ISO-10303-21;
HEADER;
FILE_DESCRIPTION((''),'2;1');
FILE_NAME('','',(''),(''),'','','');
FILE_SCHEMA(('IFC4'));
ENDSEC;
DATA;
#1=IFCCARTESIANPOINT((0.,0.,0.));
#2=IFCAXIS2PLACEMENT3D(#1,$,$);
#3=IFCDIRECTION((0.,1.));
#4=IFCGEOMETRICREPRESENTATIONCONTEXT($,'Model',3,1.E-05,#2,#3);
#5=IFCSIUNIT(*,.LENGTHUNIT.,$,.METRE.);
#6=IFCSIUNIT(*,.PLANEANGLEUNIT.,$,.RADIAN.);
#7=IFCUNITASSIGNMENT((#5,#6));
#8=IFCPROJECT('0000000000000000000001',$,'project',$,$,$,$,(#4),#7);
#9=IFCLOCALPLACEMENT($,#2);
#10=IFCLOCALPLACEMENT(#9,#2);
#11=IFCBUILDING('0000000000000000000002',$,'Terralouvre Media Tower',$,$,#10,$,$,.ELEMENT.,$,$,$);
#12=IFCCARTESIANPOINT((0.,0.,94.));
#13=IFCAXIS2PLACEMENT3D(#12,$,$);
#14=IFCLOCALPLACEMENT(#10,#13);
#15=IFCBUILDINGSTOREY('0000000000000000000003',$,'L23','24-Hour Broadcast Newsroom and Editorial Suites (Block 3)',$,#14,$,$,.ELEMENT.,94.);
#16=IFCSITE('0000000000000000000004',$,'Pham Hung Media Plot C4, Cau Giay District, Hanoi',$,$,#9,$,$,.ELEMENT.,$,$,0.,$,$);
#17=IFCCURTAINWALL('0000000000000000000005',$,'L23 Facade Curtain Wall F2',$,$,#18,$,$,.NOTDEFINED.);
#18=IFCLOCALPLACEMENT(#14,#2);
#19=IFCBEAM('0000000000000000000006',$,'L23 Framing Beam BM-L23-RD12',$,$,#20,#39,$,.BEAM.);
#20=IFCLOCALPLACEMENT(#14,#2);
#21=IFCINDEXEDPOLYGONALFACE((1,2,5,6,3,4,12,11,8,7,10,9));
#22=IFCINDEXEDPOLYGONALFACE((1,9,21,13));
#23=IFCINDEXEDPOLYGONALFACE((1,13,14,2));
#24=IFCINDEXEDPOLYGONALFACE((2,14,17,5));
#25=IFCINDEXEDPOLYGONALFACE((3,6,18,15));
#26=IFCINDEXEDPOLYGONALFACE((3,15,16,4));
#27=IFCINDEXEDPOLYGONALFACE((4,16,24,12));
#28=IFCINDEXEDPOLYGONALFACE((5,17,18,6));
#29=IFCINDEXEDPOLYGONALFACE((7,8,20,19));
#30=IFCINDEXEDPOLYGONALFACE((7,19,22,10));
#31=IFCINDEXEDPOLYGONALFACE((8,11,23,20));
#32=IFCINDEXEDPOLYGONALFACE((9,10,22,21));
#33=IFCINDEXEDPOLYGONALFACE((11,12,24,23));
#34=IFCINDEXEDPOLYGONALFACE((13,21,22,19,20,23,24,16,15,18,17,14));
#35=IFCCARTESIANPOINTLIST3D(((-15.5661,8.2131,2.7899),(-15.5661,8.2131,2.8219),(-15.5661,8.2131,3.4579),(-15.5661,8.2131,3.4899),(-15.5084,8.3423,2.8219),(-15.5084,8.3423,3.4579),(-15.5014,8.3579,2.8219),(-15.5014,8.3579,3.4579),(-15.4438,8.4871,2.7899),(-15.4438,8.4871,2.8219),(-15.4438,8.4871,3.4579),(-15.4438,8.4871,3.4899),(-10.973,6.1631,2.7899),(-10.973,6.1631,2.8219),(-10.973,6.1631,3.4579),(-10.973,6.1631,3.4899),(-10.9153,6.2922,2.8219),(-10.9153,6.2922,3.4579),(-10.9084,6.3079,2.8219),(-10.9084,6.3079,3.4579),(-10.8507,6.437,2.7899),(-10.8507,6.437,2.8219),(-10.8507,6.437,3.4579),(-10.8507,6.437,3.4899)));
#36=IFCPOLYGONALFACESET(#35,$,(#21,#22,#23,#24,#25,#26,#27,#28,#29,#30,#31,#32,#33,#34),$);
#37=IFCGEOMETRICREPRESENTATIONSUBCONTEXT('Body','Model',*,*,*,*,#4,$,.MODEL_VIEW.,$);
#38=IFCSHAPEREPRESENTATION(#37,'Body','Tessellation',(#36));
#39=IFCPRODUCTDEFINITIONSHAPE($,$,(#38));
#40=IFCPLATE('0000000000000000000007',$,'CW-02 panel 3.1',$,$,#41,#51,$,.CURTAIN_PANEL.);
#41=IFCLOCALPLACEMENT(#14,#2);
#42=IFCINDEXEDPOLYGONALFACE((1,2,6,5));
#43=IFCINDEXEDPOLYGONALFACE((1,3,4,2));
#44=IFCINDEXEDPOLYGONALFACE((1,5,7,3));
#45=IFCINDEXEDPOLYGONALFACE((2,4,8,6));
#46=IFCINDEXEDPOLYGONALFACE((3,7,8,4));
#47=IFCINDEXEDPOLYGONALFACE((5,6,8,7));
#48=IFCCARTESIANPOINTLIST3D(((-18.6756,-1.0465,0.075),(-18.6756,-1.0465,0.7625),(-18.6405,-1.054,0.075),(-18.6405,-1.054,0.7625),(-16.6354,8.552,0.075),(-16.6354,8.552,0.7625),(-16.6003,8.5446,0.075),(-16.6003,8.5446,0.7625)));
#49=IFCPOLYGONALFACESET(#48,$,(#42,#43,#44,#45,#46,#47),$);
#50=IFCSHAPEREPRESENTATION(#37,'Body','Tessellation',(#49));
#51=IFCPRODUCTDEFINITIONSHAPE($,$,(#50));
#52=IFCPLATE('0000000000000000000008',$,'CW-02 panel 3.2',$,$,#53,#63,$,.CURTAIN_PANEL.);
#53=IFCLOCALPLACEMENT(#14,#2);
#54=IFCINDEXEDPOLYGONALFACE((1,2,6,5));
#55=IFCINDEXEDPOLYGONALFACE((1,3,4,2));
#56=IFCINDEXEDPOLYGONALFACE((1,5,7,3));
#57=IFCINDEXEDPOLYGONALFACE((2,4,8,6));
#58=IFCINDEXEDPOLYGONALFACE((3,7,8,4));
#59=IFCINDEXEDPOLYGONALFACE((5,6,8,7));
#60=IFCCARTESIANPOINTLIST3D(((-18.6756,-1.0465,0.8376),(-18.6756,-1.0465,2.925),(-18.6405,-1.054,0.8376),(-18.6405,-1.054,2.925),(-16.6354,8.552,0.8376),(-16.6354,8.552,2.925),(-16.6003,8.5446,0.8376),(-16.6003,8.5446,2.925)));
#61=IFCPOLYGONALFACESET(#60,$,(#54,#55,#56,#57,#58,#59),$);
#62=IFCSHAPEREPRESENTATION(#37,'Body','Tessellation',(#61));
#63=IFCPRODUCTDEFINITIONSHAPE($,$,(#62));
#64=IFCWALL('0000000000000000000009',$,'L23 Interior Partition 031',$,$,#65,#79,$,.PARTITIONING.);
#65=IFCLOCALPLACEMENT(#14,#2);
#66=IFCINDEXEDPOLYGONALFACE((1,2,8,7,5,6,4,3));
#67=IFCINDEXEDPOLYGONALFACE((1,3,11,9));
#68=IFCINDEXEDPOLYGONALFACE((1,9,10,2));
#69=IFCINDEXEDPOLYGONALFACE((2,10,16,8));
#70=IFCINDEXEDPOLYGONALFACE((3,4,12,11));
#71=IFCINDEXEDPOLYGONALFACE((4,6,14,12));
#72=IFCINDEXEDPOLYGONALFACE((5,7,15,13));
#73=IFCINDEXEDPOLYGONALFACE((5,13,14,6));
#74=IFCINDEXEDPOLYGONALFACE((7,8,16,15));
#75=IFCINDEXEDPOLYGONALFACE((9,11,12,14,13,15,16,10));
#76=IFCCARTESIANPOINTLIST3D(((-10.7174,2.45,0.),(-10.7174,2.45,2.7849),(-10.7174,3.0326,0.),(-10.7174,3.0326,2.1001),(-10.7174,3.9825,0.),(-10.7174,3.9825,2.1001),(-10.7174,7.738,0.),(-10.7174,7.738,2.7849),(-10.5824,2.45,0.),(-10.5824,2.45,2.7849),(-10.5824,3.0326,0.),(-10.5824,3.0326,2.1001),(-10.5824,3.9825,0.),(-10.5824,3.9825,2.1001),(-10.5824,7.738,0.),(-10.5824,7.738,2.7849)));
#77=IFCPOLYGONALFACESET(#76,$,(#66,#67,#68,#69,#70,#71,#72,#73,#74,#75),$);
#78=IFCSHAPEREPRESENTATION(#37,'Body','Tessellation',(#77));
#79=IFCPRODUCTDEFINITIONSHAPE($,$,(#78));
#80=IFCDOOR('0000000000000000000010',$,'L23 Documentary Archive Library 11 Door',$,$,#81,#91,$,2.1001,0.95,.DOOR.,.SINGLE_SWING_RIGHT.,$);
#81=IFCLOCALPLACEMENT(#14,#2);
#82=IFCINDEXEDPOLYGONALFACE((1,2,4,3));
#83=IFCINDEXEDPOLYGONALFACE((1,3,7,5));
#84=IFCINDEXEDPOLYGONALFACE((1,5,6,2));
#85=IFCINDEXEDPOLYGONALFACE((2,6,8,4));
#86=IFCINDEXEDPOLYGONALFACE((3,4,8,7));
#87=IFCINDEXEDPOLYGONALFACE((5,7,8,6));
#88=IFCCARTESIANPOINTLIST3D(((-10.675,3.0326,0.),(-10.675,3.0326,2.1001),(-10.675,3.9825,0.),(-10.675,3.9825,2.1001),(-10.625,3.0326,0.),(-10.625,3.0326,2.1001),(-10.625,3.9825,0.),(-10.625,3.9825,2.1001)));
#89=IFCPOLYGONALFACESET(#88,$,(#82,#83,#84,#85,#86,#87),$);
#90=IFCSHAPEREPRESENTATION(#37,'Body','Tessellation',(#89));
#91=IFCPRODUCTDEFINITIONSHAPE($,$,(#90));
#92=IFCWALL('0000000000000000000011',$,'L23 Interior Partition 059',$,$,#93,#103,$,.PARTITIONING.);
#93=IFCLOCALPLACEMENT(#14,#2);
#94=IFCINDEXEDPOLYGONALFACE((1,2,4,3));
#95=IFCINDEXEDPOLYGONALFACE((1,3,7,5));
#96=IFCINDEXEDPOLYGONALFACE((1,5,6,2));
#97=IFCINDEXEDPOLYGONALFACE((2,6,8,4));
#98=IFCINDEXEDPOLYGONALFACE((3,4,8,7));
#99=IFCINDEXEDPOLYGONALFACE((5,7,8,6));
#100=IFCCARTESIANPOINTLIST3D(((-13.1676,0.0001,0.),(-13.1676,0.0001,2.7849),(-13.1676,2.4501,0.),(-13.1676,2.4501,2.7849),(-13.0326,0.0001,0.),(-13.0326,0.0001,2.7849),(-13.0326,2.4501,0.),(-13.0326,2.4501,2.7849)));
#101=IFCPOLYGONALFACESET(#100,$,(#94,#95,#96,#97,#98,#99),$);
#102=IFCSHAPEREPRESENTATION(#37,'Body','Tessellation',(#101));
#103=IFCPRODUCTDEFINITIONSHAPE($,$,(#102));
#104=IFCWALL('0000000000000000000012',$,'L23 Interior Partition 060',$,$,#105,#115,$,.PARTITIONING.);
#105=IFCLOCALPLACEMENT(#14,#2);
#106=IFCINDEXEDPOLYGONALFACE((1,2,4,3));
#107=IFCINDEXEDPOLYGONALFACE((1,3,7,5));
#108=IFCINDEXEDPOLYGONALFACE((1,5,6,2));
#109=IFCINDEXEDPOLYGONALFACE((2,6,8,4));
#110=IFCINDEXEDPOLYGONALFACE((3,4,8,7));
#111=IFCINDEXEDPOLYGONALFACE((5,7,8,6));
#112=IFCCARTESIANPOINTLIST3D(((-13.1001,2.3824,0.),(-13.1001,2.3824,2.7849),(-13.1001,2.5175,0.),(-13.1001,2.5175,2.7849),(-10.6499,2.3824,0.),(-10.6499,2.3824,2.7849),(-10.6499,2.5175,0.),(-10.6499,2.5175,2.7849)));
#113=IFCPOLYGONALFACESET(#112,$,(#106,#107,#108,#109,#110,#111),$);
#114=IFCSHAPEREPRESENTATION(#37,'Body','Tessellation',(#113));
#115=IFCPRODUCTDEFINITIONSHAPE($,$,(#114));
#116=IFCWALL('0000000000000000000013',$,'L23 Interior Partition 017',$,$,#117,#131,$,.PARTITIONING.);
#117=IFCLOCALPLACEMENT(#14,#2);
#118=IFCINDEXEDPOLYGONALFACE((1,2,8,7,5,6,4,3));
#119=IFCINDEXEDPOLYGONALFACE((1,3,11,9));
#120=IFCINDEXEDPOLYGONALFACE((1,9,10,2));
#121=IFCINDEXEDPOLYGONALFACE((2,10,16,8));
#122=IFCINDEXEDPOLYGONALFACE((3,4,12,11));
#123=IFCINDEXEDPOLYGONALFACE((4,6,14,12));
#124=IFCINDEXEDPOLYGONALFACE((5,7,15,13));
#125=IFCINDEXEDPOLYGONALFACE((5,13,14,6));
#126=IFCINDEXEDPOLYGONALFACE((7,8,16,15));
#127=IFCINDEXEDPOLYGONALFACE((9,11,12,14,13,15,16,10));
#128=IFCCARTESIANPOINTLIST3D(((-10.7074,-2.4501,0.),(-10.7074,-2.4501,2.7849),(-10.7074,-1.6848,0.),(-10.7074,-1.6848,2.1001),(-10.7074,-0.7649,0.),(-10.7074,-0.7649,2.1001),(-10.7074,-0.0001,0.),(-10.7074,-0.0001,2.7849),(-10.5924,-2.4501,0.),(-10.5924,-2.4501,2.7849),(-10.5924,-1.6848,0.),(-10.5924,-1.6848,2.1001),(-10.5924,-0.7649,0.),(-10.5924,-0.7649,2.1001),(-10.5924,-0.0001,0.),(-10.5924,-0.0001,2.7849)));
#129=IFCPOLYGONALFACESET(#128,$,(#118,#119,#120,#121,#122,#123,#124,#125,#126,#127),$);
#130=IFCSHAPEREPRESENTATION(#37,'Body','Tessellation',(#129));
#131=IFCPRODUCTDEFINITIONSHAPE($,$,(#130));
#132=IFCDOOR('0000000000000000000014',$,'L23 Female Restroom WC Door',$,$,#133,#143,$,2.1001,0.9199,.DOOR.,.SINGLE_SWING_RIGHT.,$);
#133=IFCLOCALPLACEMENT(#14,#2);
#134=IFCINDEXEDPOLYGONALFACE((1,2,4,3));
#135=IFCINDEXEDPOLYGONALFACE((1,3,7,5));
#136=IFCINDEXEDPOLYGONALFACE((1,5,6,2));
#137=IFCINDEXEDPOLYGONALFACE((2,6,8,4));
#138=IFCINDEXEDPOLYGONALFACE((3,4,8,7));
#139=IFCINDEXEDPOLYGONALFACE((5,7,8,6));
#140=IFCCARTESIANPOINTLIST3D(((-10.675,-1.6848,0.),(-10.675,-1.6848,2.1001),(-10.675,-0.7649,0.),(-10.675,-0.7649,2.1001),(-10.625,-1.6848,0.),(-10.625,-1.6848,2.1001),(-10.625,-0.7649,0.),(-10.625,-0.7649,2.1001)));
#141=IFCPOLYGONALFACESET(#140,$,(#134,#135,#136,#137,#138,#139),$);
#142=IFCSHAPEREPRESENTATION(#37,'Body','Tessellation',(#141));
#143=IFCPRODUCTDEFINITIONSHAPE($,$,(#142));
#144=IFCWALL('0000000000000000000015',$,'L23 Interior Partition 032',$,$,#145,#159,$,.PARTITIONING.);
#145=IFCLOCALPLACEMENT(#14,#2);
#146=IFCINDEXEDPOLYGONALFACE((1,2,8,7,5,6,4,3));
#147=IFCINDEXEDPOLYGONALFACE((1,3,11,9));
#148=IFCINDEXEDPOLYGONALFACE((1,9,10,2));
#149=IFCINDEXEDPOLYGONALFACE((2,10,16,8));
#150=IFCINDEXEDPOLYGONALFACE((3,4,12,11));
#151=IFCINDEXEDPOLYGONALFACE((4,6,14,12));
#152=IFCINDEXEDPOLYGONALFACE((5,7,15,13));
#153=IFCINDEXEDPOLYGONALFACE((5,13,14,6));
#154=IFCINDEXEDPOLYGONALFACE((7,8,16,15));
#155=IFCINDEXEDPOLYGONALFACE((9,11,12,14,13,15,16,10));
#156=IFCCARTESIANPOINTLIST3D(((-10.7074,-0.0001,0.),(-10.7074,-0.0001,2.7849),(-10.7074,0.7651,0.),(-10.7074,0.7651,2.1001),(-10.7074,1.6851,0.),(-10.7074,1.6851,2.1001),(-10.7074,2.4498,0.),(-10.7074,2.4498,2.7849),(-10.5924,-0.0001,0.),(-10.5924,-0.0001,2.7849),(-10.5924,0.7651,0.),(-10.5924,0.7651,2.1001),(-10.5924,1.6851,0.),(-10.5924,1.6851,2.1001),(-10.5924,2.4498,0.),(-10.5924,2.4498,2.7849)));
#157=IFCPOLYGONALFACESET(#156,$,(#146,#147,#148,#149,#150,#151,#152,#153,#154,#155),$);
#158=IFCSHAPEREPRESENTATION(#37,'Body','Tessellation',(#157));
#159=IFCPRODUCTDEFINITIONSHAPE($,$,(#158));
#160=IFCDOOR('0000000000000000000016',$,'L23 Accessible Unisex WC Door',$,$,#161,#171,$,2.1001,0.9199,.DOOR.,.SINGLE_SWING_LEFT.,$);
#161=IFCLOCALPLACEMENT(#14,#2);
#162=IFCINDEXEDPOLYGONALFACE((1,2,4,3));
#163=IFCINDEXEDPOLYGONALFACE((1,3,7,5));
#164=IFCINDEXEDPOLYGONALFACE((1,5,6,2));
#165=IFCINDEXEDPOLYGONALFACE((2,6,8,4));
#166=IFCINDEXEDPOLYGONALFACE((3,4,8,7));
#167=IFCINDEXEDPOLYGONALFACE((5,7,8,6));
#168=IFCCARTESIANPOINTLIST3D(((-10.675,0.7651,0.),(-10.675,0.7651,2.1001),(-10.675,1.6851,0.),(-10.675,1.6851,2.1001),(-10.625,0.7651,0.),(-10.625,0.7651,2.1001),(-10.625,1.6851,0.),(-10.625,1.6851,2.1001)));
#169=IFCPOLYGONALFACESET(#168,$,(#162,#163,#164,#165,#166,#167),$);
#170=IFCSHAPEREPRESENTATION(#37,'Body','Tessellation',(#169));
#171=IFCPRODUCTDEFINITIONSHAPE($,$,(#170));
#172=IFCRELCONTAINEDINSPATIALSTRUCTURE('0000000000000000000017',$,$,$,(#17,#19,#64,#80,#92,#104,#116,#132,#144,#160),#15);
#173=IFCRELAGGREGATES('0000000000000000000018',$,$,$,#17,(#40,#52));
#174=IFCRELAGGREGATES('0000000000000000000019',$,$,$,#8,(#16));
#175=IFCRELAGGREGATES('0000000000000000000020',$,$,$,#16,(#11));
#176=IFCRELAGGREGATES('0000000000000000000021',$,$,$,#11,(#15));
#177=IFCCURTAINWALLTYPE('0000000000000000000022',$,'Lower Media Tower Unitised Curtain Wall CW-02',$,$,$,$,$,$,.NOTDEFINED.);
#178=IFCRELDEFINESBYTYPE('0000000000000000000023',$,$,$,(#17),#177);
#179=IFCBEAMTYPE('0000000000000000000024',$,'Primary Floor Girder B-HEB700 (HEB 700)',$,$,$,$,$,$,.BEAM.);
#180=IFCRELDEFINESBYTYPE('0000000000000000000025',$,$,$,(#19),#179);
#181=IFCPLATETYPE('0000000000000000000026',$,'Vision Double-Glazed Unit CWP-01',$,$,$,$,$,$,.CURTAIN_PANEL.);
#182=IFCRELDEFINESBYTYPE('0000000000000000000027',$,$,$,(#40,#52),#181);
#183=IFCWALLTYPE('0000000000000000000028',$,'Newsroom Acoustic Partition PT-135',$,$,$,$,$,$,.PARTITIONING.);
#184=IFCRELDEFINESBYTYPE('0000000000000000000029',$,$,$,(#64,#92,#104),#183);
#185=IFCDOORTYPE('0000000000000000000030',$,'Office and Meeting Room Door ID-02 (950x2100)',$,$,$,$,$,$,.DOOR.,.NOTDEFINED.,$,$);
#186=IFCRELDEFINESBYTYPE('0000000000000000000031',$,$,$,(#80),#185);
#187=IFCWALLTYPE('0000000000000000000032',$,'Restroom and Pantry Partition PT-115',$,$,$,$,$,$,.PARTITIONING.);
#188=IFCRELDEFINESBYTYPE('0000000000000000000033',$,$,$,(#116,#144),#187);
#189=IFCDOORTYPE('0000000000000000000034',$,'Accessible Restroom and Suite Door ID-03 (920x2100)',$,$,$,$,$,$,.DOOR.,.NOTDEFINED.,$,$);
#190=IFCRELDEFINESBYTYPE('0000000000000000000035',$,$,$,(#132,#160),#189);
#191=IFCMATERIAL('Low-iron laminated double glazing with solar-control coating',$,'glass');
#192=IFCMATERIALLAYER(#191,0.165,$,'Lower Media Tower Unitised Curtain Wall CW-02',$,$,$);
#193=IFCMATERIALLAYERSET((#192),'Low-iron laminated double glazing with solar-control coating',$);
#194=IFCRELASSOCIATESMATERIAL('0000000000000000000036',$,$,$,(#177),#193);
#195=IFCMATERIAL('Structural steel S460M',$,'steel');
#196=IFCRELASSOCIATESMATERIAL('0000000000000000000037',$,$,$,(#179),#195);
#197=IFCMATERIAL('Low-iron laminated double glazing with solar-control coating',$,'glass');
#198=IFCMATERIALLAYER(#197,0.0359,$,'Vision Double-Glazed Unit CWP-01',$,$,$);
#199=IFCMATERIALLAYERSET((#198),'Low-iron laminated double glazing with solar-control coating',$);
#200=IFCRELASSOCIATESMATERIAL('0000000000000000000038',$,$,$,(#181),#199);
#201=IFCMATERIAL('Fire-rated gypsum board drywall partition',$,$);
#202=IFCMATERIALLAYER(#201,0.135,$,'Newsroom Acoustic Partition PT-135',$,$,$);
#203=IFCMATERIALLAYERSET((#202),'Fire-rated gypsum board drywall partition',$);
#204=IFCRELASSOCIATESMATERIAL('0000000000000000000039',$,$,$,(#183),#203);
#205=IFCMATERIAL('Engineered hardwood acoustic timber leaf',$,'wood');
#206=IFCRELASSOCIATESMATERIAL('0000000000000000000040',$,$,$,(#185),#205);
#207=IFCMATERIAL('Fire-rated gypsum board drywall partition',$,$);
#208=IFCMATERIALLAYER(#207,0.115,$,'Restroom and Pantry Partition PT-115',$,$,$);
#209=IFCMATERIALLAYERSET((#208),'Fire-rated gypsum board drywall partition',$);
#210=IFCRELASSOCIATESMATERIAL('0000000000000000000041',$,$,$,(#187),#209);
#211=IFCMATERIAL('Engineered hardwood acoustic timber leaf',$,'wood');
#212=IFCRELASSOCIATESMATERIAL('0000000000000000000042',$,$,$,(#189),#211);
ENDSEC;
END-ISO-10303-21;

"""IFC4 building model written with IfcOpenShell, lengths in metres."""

from ifc_helpers import new_model, si_unit, direction, frame, frame_2d, origin, origin_2d, place, context, subcontext, project, spatial, rectangle, i_section, extrude, material, layer, layer_set, material_profile, profile_set, type_object, element, fill, aggregate, save


model = new_model("IFC4")

# Units and contexts
model_context = context("Model", 3, precision=1e-05, world=origin(), true_north=direction((0.0, 1.0)))
body_context = subcontext(model_context, "Body", "Model", "MODEL_VIEW")
ifc_project = project(units=[si_unit("LENGTHUNIT", "METRE"), si_unit("PLANEANGLEUNIT", "RADIAN")], contexts=[model_context])

# Site, building, storey
site_placement = place(None, origin())
site = spatial("IfcSite", under=ifc_project, at=site_placement, Name="Pham Hung Media Plot C4, Cau Giay District, Hanoi", CompositionType="ELEMENT", RefElevation=0.0)
building_placement = place(site_placement, origin())
building = spatial("IfcBuilding", under=site, at=building_placement, Name="Terralouvre Media Tower", CompositionType="ELEMENT")
storey_placement = place(building_placement, frame((0.0, 0.0, 94.0)))
storey = spatial("IfcBuildingStorey", under=building, at=storey_placement, Name="L23", Description="24-Hour Broadcast Newsroom and Editorial Suites (Block 3)", CompositionType="ELEMENT", Elevation=94.0)

# Curtain wall
ifc_material_1 = material(Name="Low-iron laminated double glazing with solar-control coating", Category="glass")
ifc_layer_1 = layer(ifc_material_1, 0.165, Name="Lower Media Tower Unitised Curtain Wall CW-02")
ifc_layer_set_1 = layer_set([ifc_layer_1], Name="Low-iron laminated double glazing with solar-control coating")
curtain_wall_type = type_object("IfcCurtainWallType", Name="Lower Media Tower Unitised Curtain Wall CW-02", PredefinedType="NOTDEFINED", material=ifc_layer_set_1)
curtain_wall_placement = place(storey_placement, origin())
curtain_wall = element("IfcCurtainWall", 1, at=curtain_wall_placement, inside=storey, type_object=curtain_wall_type, Name="L23 Facade Curtain Wall F2", PredefinedType="NOTDEFINED")

# Beam
ifc_material_2 = material(Name="Structural steel S460M", Category="steel")
ifc_material_profile_1 = material_profile(ifc_material_2, i_section(OverallWidth=0.3, OverallDepth=0.7, WebThickness=0.0171, FlangeThickness=0.032, at=origin_2d()), Name="HEB 700")
ifc_profile_set_1 = profile_set([ifc_material_profile_1], Name="Structural steel S460M")
beam_type_1 = type_object("IfcBeamType", Name="Primary Floor Girder B-HEB700 (HEB 700)", PredefinedType="BEAM", material=ifc_profile_set_1)
beam_1_placement = place(storey_placement, frame((-10.9119, 6.3, 3.1399), z_axis=(-0.913168, 0.407584, 0.0), x_axis=(-0.407584, -0.913168, 0.0)))
element("IfcBeam", 2, at=beam_1_placement, inside=storey, type_object=beam_type_1, Name="L23 Framing Beam BM-L23-RD12", PredefinedType="BEAM", context=body_context, shape_type="SweptSolid", body=[
    extrude(i_section(OverallWidth=0.3, OverallDepth=0.7, WebThickness=0.0171, FlangeThickness=0.032, at=origin_2d()), origin(), (0.0, 0.0, 1.0), 5.0298),
])

# Plates
ifc_material_3 = material(Name="Low-iron laminated double glazing with solar-control coating", Category="glass")
ifc_layer_2 = layer(ifc_material_3, 0.0359, Name="Vision Double-Glazed Unit CWP-01")
ifc_layer_set_2 = layer_set([ifc_layer_2], Name="Low-iron laminated double glazing with solar-control coating")
plate_type = type_object("IfcPlateType", Name="Vision Double-Glazed Unit CWP-01", PredefinedType="CURTAIN_PANEL", material=ifc_layer_set_2)
plate_1_placement = place(storey_placement, frame((-17.6379, 3.749, 0.075), z_axis=(0.0, 0.0, 1.0), x_axis=(-0.207912, -0.978148, 0.0)))
plate_1 = element("IfcPlate", 3, at=plate_1_placement, type_object=plate_type, Name="CW-02 panel 3.1", PredefinedType="CURTAIN_PANEL", context=body_context, shape_type="SweptSolid", body=[
    extrude(rectangle(XDim=9.813, YDim=0.0359, at=origin_2d()), origin(), (0.0, 0.0, 1.0), 0.6875),
])
plate_2_placement = place(storey_placement, frame((-17.6379, 3.749, 0.8376), z_axis=(0.0, 0.0, 1.0), x_axis=(-0.207912, -0.978148, 0.0)))
plate_2 = element("IfcPlate", 4, at=plate_2_placement, type_object=plate_type, Name="CW-02 panel 3.2", PredefinedType="CURTAIN_PANEL", context=body_context, shape_type="SweptSolid", body=[
    extrude(rectangle(XDim=9.813, YDim=0.0359, at=origin_2d()), origin(), (0.0, 0.0, 1.0), 2.0874),
])
aggregate(curtain_wall, [plate_1, plate_2])

# Wall, opening, door
ifc_material_4 = material(Name="Fire-rated gypsum board drywall partition")
ifc_layer_3 = layer(ifc_material_4, 0.135, Name="Newsroom Acoustic Partition PT-135")
ifc_layer_set_3 = layer_set([ifc_layer_3], Name="Fire-rated gypsum board drywall partition")
wall_type_1 = type_object("IfcWallType", Name="Newsroom Acoustic Partition PT-135", PredefinedType="PARTITIONING", material=ifc_layer_set_3)
wall_1_placement = place(storey_placement, frame((-10.6499, 7.738, 0.0), z_axis=(0.0, 0.0, 1.0), x_axis=(0.0, -1.0, 0.0)))
wall_1 = element("IfcWall", 5, at=wall_1_placement, inside=storey, type_object=wall_type_1, Name="L23 Interior Partition 031", PredefinedType="PARTITIONING", context=body_context, shape_type="SweptSolid", body=[
    extrude(rectangle(XDim=5.2881, YDim=0.135, at=frame_2d((2.644, 0.0))), origin(), (0.0, 0.0, 1.0), 2.7849),
])
opening_1_placement = place(wall_1_placement, frame((3.7554, 0.0, 0.0)))
opening_1 = element("IfcOpeningElement", 6, at=opening_1_placement, cuts=wall_1, PredefinedType="OPENING", context=body_context, shape_type="SweptSolid", body=[
    extrude(rectangle(XDim=0.95, YDim=2.1001, at=frame_2d((0.4751, 1.05))), frame((0.0, 0.0774, 0.0), z_axis=(0.0, -1.0, 0.0), x_axis=(1.0, 0.0, 0.0)), (0.0, 0.0, 1.0), 0.155),
])
ifc_material_5 = material(Name="Engineered hardwood acoustic timber leaf", Category="wood")
door_type_1 = type_object("IfcDoorType", Name="Office and Meeting Room Door ID-02 (950x2100)", OperationType="NOTDEFINED", PredefinedType="DOOR", material=ifc_material_5)
door_1_placement = place(opening_1_placement, origin())
door_1 = element("IfcDoor", 7, at=door_1_placement, inside=storey, type_object=door_type_1, Name="L23 Documentary Archive Library 11 Door", OperationType="SINGLE_SWING_RIGHT", OverallHeight=2.1001, OverallWidth=0.95, PredefinedType="DOOR", context=body_context, shape_type="SweptSolid", body=[
    extrude(rectangle(XDim=0.95, YDim=2.1001, at=frame_2d((0.4751, 1.05))), frame((0.0, 0.0249, 0.0), z_axis=(0.0, -1.0, 0.0), x_axis=(1.0, 0.0, 0.0)), (0.0, 0.0, 1.0), 0.05),
])
fill(opening_1, door_1)

# Walls
wall_2_placement = place(storey_placement, frame((-13.1001, 0.0, 0.0), z_axis=(0.0, 0.0, 1.0), x_axis=(0.0, 1.0, 0.0)))
element("IfcWall", 8, at=wall_2_placement, inside=storey, type_object=wall_type_1, Name="L23 Interior Partition 059", PredefinedType="PARTITIONING", context=body_context, shape_type="SweptSolid", body=[
    extrude(rectangle(XDim=2.45, YDim=0.135, at=frame_2d((1.2251, 0.0))), origin(), (0.0, 0.0, 1.0), 2.7849),
])
wall_3_placement = place(storey_placement, frame((-13.1001, 2.45, 0.0), z_axis=(0.0, 0.0, 1.0), x_axis=(1.0, 0.0, 0.0)))
element("IfcWall", 9, at=wall_3_placement, inside=storey, type_object=wall_type_1, Name="L23 Interior Partition 060", PredefinedType="PARTITIONING", context=body_context, shape_type="SweptSolid", body=[
    extrude(rectangle(XDim=2.4502, YDim=0.135, at=frame_2d((1.2251, 0.0))), origin(), (0.0, 0.0, 1.0), 2.7849),
])

# Walls, openings, doors
ifc_material_6 = material(Name="Fire-rated gypsum board drywall partition")
ifc_layer_4 = layer(ifc_material_6, 0.115, Name="Restroom and Pantry Partition PT-115")
ifc_layer_set_4 = layer_set([ifc_layer_4], Name="Fire-rated gypsum board drywall partition")
wall_type_2 = type_object("IfcWallType", Name="Restroom and Pantry Partition PT-115", PredefinedType="PARTITIONING", material=ifc_layer_set_4)
wall_4_placement = place(storey_placement, frame((-10.6499, 0.0, 0.0), z_axis=(0.0, 0.0, 1.0), x_axis=(0.0, -1.0, 0.0)))
wall_4 = element("IfcWall", 10, at=wall_4_placement, inside=storey, type_object=wall_type_2, Name="L23 Interior Partition 017", PredefinedType="PARTITIONING", context=body_context, shape_type="SweptSolid", body=[
    extrude(rectangle(XDim=2.45, YDim=0.115, at=frame_2d((1.2251, 0.0))), origin(), (0.0, 0.0, 1.0), 2.7849),
])
opening_2_placement = place(wall_4_placement, frame((0.7649, 0.0, 0.0)))
opening_2 = element("IfcOpeningElement", 11, at=opening_2_placement, cuts=wall_4, PredefinedType="OPENING", context=body_context, shape_type="SweptSolid", body=[
    extrude(rectangle(XDim=0.9199, YDim=2.1001, at=frame_2d((0.46, 1.05))), frame((0.0, 0.0674, 0.0), z_axis=(0.0, -1.0, 0.0), x_axis=(1.0, 0.0, 0.0)), (0.0, 0.0, 1.0), 0.135),
])
ifc_material_7 = material(Name="Engineered hardwood acoustic timber leaf", Category="wood")
door_type_2 = type_object("IfcDoorType", Name="Accessible Restroom and Suite Door ID-03 (920x2100)", OperationType="NOTDEFINED", PredefinedType="DOOR", material=ifc_material_7)
door_2_placement = place(opening_2_placement, origin())
door_2 = element("IfcDoor", 12, at=door_2_placement, inside=storey, type_object=door_type_2, Name="L23 Female Restroom WC Door", OperationType="SINGLE_SWING_RIGHT", OverallHeight=2.1001, OverallWidth=0.9199, PredefinedType="DOOR", context=body_context, shape_type="SweptSolid", body=[
    extrude(rectangle(XDim=0.9199, YDim=2.1001, at=frame_2d((0.46, 1.05))), frame((0.0, 0.0249, 0.0), z_axis=(0.0, -1.0, 0.0), x_axis=(1.0, 0.0, 0.0)), (0.0, 0.0, 1.0), 0.05),
])
fill(opening_2, door_2)
wall_5_placement = place(storey_placement, frame((-10.6499, 2.45, 0.0), z_axis=(0.0, 0.0, 1.0), x_axis=(0.0, -1.0, 0.0)))
wall_5 = element("IfcWall", 13, at=wall_5_placement, inside=storey, type_object=wall_type_2, Name="L23 Interior Partition 032", PredefinedType="PARTITIONING", context=body_context, shape_type="SweptSolid", body=[
    extrude(rectangle(XDim=2.45, YDim=0.115, at=frame_2d((1.2251, 0.0))), origin(), (0.0, 0.0, 1.0), 2.7849),
])
opening_3_placement = place(wall_5_placement, frame((0.7649, 0.0, 0.0)))
opening_3 = element("IfcOpeningElement", 14, at=opening_3_placement, cuts=wall_5, PredefinedType="OPENING", context=body_context, shape_type="SweptSolid", body=[
    extrude(rectangle(XDim=0.9199, YDim=2.1001, at=frame_2d((0.46, 1.05))), frame((0.0, 0.0674, 0.0), z_axis=(0.0, -1.0, 0.0), x_axis=(1.0, 0.0, 0.0)), (0.0, 0.0, 1.0), 0.135),
])
door_3_placement = place(opening_3_placement, origin())
door_3 = element("IfcDoor", 15, at=door_3_placement, inside=storey, type_object=door_type_2, Name="L23 Accessible Unisex WC Door", OperationType="SINGLE_SWING_LEFT", OverallHeight=2.1001, OverallWidth=0.9199, PredefinedType="DOOR", context=body_context, shape_type="SweptSolid", body=[
    extrude(rectangle(XDim=0.9199, YDim=2.1001, at=frame_2d((0.46, 1.05))), frame((0.0, 0.0249, 0.0), z_axis=(0.0, -1.0, 0.0), x_axis=(1.0, 0.0, 0.0)), (0.0, 0.0, 1.0), 0.05),
])
fill(opening_3, door_3)

save(model, "model.ifc")
